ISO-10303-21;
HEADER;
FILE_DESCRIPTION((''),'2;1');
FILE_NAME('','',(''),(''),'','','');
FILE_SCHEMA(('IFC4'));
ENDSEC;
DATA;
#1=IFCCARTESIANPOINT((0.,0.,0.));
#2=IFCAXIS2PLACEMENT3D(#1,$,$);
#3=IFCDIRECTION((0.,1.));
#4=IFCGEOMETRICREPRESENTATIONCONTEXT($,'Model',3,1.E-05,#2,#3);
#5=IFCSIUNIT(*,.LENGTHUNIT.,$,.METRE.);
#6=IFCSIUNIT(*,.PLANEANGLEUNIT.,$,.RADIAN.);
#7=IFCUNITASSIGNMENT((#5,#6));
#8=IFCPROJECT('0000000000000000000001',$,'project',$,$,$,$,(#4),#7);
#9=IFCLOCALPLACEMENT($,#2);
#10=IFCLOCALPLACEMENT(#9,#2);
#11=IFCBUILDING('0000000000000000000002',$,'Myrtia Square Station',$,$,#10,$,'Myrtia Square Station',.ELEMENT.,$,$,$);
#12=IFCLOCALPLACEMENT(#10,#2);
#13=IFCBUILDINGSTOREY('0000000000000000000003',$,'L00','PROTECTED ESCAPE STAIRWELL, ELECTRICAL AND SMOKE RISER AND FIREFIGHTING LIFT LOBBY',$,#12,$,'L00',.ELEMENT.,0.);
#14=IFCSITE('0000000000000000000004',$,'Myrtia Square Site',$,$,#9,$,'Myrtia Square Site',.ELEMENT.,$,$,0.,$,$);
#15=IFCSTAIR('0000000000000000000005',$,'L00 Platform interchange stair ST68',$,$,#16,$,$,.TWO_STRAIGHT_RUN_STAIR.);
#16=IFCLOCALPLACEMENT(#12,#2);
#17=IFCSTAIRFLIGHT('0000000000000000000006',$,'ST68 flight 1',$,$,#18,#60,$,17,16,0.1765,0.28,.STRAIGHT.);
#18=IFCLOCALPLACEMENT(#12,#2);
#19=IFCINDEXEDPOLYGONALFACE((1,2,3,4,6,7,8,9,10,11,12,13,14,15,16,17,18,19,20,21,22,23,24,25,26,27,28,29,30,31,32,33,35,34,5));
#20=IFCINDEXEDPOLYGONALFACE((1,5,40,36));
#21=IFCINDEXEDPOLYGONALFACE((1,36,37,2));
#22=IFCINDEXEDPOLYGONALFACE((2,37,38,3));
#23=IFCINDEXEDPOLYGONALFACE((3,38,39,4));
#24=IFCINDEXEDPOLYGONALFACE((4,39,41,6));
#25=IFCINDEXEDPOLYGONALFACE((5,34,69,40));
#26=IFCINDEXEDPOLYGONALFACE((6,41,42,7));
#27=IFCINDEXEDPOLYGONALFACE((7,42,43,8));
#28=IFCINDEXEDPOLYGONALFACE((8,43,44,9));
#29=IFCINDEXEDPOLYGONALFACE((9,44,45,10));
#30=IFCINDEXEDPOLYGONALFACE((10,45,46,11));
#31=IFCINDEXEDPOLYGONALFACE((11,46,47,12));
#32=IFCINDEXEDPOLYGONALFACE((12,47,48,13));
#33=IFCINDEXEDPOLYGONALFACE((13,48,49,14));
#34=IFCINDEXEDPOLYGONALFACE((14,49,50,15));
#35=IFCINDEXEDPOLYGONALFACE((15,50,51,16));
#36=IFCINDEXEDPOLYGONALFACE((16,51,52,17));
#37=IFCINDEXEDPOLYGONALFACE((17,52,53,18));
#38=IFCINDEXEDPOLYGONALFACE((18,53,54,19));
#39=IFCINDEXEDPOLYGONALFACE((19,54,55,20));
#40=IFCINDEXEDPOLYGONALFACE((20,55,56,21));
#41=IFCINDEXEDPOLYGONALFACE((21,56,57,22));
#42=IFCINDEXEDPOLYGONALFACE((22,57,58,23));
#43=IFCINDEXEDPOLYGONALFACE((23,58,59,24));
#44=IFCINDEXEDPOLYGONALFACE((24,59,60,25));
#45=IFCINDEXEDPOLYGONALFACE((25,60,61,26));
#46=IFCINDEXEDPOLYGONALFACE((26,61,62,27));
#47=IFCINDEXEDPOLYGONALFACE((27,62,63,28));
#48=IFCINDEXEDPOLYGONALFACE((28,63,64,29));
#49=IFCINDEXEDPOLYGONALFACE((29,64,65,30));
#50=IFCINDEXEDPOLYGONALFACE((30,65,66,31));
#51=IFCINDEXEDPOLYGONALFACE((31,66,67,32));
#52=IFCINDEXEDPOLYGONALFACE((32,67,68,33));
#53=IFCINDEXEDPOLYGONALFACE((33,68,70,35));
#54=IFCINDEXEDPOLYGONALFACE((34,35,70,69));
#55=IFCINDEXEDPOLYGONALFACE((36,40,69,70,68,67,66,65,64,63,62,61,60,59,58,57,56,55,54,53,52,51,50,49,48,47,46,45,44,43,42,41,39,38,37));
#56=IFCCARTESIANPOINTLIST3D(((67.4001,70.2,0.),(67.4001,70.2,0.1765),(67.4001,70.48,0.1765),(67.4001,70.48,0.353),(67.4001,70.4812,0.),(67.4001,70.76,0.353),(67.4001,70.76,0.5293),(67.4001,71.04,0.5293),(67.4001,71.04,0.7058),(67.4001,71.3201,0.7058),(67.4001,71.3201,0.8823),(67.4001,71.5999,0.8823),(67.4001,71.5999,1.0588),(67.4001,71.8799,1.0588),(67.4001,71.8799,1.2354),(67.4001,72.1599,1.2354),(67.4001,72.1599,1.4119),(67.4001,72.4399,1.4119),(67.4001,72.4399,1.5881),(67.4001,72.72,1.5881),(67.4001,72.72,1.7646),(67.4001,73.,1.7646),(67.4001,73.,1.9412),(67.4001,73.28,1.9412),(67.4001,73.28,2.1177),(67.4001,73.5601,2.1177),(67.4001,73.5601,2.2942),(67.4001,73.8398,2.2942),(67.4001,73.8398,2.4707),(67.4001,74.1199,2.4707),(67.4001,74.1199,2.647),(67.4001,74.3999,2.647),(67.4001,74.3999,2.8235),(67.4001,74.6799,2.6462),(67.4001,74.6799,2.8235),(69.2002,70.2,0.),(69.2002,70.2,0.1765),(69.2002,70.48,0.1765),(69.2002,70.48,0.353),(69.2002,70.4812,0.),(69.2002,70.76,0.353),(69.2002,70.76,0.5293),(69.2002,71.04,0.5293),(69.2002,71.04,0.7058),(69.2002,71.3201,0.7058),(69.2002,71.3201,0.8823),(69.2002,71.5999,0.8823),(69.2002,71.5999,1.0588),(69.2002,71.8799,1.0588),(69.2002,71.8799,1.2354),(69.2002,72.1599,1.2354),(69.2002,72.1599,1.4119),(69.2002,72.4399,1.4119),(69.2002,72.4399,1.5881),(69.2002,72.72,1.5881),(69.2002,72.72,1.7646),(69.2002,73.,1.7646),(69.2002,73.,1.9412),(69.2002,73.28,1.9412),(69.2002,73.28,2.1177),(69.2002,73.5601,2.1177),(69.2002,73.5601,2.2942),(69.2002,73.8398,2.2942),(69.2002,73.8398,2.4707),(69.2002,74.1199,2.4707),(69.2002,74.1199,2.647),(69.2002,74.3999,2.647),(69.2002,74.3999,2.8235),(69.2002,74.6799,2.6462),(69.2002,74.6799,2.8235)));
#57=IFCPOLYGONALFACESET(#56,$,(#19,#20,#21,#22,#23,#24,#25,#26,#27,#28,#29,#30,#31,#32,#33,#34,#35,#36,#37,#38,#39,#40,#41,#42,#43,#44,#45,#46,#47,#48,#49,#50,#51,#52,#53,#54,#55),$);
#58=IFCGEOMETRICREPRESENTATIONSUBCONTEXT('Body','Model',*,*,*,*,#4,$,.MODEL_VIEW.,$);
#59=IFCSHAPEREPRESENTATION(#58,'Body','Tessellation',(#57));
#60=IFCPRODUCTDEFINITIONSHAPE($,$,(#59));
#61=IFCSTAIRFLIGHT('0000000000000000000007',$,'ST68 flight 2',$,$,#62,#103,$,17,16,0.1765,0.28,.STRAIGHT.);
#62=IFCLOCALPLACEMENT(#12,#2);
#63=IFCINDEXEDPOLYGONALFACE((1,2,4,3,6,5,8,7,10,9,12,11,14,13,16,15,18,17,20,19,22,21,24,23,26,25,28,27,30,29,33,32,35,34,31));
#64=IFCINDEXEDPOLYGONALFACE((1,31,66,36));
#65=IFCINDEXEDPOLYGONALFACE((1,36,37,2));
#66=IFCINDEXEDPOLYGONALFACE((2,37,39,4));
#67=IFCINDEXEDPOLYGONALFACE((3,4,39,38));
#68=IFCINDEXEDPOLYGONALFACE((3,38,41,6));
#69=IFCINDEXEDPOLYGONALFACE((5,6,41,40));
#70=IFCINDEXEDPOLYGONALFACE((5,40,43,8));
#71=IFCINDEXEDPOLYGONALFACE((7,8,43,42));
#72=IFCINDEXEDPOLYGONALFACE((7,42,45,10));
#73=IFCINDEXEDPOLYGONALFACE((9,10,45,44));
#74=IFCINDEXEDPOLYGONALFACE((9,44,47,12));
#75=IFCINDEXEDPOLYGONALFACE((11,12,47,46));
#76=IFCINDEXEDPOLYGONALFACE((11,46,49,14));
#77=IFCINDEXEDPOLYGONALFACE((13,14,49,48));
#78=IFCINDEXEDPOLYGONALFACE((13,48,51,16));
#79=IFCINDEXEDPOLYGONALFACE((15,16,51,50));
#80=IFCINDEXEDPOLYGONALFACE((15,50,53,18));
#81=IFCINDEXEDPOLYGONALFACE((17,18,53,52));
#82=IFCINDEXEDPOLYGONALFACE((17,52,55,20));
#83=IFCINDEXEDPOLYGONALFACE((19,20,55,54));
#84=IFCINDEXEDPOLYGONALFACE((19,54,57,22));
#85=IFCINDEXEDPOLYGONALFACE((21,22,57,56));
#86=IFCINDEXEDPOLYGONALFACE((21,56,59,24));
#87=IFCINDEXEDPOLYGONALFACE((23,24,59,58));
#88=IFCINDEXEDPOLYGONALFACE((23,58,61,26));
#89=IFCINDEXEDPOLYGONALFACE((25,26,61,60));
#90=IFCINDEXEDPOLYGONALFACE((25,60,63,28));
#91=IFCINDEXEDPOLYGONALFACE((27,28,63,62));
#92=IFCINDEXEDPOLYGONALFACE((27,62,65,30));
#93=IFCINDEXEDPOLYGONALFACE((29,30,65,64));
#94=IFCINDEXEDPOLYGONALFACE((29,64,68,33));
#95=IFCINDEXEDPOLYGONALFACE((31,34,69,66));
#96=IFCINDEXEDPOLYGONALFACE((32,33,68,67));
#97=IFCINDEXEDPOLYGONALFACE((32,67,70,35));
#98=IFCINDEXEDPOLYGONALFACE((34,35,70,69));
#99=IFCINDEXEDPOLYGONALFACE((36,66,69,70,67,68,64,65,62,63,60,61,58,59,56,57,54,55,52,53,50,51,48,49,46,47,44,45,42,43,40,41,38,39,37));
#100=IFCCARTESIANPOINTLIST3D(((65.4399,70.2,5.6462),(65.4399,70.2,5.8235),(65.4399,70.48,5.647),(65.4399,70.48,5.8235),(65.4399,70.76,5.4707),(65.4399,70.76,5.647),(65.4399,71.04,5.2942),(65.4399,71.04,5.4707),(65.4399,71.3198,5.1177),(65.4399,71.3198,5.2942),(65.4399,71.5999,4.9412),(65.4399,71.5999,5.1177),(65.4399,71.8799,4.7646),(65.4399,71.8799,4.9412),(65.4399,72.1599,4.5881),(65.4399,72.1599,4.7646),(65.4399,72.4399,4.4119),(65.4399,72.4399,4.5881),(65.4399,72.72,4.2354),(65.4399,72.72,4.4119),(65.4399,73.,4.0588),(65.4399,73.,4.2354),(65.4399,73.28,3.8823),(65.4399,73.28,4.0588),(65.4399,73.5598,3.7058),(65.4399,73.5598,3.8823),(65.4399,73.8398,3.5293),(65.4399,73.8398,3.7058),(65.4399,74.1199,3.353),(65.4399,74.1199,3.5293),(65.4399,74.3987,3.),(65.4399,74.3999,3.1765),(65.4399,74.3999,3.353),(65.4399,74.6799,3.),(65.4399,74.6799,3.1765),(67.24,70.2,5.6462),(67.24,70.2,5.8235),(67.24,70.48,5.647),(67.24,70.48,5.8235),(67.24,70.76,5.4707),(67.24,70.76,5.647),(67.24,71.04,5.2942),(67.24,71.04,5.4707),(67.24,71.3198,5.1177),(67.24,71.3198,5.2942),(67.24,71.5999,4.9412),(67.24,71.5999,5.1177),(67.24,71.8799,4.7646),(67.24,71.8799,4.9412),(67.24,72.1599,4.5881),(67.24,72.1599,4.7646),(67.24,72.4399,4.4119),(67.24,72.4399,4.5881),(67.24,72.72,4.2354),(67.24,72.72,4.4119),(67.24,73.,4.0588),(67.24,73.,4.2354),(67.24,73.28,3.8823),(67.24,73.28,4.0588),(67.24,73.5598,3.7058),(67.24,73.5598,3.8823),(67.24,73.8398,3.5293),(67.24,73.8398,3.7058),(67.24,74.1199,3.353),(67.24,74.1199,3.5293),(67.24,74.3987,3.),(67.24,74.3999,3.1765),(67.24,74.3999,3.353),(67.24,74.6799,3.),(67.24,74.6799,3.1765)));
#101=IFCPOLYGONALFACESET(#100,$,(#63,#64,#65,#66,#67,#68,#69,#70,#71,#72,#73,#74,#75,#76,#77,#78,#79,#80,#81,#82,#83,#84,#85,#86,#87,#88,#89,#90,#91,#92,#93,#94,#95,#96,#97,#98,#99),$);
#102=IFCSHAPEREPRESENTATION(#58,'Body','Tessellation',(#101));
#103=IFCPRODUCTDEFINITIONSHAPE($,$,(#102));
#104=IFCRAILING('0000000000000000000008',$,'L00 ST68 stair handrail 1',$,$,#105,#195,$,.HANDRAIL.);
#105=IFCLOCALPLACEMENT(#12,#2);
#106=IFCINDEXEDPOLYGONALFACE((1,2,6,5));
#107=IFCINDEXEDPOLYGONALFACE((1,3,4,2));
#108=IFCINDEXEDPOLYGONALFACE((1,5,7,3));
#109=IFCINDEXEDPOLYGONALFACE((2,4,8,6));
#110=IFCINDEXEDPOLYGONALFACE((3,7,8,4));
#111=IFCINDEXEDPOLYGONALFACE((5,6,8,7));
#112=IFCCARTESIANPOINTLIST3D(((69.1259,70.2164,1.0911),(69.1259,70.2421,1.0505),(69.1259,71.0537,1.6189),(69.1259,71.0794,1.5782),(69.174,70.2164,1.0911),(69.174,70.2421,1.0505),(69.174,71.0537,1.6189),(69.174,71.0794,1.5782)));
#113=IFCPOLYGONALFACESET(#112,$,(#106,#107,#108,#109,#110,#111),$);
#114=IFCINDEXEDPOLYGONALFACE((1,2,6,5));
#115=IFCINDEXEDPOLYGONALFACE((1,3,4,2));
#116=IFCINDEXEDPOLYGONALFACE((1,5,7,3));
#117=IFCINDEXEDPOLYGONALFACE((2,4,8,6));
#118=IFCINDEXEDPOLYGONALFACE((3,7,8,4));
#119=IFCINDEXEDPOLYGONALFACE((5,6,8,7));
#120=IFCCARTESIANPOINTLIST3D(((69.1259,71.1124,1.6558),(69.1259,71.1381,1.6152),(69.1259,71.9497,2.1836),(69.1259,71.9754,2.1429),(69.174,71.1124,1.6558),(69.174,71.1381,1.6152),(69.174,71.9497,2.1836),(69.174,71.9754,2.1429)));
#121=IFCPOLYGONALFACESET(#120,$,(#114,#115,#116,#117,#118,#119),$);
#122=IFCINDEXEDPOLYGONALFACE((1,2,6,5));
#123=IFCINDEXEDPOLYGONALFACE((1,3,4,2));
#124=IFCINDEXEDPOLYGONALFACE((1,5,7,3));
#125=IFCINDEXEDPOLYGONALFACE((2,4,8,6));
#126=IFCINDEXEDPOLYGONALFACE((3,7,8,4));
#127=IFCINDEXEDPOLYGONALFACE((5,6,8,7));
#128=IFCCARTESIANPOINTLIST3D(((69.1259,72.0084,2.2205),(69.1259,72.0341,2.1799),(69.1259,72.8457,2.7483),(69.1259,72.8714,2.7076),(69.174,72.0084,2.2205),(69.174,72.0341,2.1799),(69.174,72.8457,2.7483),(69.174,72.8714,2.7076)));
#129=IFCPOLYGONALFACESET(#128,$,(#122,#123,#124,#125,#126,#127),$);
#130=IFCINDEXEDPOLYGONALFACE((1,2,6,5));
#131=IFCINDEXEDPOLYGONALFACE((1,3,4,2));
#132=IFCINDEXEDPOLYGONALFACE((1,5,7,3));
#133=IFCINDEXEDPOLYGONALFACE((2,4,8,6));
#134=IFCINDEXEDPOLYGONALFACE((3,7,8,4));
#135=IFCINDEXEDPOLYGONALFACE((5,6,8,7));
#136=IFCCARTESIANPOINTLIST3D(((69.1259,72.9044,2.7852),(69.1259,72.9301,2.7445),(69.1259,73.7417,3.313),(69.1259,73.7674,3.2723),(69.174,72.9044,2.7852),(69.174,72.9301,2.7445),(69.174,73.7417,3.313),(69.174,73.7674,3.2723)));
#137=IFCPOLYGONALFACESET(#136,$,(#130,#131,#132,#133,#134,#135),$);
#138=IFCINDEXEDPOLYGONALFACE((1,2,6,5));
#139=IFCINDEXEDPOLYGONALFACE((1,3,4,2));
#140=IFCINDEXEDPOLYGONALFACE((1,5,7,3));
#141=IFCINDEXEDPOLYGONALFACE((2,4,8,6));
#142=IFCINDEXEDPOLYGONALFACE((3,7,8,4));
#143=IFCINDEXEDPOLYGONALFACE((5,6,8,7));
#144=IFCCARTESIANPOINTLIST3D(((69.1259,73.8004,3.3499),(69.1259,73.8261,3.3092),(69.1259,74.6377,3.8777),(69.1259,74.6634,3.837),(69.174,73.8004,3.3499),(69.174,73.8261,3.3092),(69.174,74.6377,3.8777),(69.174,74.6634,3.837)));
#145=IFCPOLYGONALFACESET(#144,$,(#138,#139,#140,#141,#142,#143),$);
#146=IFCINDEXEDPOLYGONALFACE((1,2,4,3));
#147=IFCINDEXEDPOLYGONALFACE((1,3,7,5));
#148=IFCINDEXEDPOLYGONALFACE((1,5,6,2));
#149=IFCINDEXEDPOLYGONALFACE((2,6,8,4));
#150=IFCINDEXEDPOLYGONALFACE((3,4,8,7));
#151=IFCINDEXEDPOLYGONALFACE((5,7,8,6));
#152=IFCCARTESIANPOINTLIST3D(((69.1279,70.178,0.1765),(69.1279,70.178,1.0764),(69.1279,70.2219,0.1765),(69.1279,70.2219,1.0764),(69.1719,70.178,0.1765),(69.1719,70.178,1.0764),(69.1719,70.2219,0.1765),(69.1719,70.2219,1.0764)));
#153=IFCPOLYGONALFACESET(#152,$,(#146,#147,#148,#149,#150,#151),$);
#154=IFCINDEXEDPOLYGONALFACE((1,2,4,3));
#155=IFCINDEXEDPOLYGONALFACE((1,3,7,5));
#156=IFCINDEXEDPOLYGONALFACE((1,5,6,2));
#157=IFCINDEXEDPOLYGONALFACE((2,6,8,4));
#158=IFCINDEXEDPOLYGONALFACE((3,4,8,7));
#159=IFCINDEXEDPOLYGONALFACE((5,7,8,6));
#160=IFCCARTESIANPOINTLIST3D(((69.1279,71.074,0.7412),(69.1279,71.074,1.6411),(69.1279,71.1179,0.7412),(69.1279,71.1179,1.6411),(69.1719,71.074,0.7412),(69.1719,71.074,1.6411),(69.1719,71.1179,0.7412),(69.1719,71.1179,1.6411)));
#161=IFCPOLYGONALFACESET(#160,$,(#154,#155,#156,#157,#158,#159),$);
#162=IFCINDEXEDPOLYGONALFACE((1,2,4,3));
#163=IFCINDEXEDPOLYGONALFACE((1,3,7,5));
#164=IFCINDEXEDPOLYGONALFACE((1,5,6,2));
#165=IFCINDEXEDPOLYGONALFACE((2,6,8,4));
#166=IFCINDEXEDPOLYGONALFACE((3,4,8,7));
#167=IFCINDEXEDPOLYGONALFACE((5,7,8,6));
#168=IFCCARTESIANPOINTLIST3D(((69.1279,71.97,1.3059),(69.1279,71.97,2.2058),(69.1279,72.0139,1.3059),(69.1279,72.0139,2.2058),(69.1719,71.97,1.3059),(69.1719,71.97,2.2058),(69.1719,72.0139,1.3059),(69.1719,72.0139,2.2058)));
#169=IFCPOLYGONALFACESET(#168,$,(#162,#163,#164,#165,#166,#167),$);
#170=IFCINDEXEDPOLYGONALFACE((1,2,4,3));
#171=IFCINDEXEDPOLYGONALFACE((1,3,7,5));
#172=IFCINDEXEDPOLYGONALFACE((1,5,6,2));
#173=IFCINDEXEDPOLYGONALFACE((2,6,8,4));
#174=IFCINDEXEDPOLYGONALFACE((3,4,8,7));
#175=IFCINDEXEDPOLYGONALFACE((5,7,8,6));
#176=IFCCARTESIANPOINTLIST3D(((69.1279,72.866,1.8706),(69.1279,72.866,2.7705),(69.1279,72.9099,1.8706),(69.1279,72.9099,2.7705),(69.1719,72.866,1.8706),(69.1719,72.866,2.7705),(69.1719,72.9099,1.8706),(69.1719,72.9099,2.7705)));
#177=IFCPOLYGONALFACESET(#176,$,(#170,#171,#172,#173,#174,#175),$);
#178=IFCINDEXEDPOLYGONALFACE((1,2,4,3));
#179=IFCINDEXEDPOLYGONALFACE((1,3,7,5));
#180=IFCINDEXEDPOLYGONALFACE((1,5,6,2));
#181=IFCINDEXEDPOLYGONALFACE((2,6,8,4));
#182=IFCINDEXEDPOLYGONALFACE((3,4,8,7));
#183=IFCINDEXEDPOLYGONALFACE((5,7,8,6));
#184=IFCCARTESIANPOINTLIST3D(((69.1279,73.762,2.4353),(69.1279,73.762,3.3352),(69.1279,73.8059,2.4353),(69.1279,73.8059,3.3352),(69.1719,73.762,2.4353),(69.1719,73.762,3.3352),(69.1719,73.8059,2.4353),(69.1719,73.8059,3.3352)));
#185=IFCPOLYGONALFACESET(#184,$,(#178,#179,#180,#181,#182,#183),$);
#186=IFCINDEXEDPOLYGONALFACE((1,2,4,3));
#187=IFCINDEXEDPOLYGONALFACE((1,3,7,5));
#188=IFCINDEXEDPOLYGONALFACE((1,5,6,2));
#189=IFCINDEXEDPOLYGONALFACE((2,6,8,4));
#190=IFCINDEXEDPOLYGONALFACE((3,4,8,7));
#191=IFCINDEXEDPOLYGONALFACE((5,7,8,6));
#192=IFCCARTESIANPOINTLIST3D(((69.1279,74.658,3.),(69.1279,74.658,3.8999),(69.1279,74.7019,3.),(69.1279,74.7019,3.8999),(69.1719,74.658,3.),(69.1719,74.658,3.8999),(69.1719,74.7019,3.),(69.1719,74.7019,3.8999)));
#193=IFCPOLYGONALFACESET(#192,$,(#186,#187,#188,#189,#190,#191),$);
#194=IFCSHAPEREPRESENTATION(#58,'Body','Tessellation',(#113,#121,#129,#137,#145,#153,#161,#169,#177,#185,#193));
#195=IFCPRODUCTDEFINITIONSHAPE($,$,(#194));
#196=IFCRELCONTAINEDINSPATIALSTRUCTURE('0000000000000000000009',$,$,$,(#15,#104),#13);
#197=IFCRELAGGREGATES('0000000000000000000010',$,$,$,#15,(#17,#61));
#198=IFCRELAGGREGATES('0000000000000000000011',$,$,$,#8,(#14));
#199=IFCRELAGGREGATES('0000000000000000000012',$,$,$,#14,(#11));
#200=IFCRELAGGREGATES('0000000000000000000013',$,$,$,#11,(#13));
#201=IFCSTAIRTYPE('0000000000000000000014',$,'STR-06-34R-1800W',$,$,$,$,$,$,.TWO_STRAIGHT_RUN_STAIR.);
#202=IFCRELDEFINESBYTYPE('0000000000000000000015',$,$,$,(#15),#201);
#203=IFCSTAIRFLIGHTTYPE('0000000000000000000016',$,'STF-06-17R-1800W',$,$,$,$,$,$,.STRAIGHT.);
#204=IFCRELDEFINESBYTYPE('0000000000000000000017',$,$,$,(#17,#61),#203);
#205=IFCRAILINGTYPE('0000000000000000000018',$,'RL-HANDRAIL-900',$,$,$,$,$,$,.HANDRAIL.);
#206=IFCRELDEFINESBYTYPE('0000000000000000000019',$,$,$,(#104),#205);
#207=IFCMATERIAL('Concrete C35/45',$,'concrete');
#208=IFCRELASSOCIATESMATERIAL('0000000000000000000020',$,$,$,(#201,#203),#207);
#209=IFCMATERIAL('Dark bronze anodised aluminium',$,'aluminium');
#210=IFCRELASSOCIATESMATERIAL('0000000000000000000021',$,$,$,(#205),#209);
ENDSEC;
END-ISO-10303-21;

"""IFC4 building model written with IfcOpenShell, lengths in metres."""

from ifc_helpers import new_model, si_unit, direction, frame, origin, origin_2d, place, context, subcontext, project, spatial, polyline, rectangle, outline, extrude, material, type_object, element, aggregate, save


model = new_model("IFC4")

# Units and contexts
model_context = context("Model", 3, precision=1e-05, world=origin(), true_north=direction((0.0, 1.0)))
body_context = subcontext(model_context, "Body", "Model", "MODEL_VIEW")
ifc_project = project(units=[si_unit("LENGTHUNIT", "METRE"), si_unit("PLANEANGLEUNIT", "RADIAN")], contexts=[model_context])

# Site, building, storey
site_placement = place(None, origin())
site = spatial("IfcSite", under=ifc_project, at=site_placement, Name="Myrtia Square Site", LongName="Myrtia Square Site", CompositionType="ELEMENT", RefElevation=0.0)
building_placement = place(site_placement, origin())
building = spatial("IfcBuilding", under=site, at=building_placement, Name="Myrtia Square Station", LongName="Myrtia Square Station", CompositionType="ELEMENT")
storey_placement = place(building_placement, origin())
storey = spatial("IfcBuildingStorey", under=building, at=storey_placement, Name="L00", Description="PROTECTED ESCAPE STAIRWELL, ELECTRICAL AND SMOKE RISER AND FIREFIGHTING LIFT LOBBY", LongName="L00", CompositionType="ELEMENT", Elevation=0.0)

# Shared definitions
ifc_material_1 = material(Name="Dark bronze anodised aluminium", Category="aluminium")

# Stair, stair flights
ifc_material_2 = material(Name="Concrete C35/45", Category="concrete")
stair_type = type_object("IfcStairType", Name="STR-06-34R-1800W", PredefinedType="TWO_STRAIGHT_RUN_STAIR", material=ifc_material_2)
stair_placement = place(storey_placement, origin())
stair = element("IfcStair", 1, at=stair_placement, inside=storey, type_object=stair_type, Name="L00 Platform interchange stair ST68", PredefinedType="TWO_STRAIGHT_RUN_STAIR")
stair_flight_type = type_object("IfcStairFlightType", Name="STF-06-17R-1800W", PredefinedType="STRAIGHT", material=ifc_material_2)
stair_flight_1_placement = place(storey_placement, frame((68.3, 70.2, 0.0), z_axis=(0.0, 0.0, 1.0), x_axis=(0.0, 1.0, 0.0)))
stair_flight_1 = element("IfcStairFlight", 2, at=stair_flight_1_placement, type_object=stair_flight_type, Name="ST68 flight 1", NumberOfRisers=17, NumberOfTreads=16, PredefinedType="STRAIGHT", RiserHeight=0.1765, TreadLength=0.28, context=body_context, shape_type="SweptSolid", body=[
    extrude(outline(polyline([(0.0, 0.0), (0.0, 0.1765), (0.28, 0.1765), (0.28, 0.353), (0.5601, 0.353), (0.5601, 0.5293), (0.8401, 0.5293), (0.8401, 0.7058), (1.1201, 0.7058), (1.1201, 0.8823), (1.3999, 0.8823), (1.3999, 1.0588), (1.6799, 1.0588), (1.6799, 1.2354), (1.96, 1.2354), (1.96, 1.4119), (2.24, 1.4119), (2.24, 1.5881), (2.52, 1.5881), (2.52, 1.7646), (2.8, 1.7646), (2.8, 1.9412), (3.0801, 1.9412), (3.0801, 2.1177), (3.3601, 2.1177), (3.3601, 2.2942), (3.6399, 2.2942), (3.6399, 2.4707), (3.9199, 2.4707), (3.9199, 2.647), (4.2, 2.647), (4.2, 2.8235), (4.48, 2.8235), (4.48, 3.0), (4.48, 2.6462), (0.2812, 0.0), (0.0, 0.0)])), frame((0.0, 0.8999, 0.0), z_axis=(0.0, -1.0, 0.0), x_axis=(1.0, 0.0, 0.0)), (0.0, 0.0, 1.0), 1.8),
])
stair_flight_2_placement = place(storey_placement, frame((66.3401, 74.6799, 3.0), z_axis=(0.0, 0.0, 1.0), x_axis=(0.0, -1.0, 0.0)))
stair_flight_2 = element("IfcStairFlight", 3, at=stair_flight_2_placement, type_object=stair_flight_type, Name="ST68 flight 2", NumberOfRisers=17, NumberOfTreads=16, PredefinedType="STRAIGHT", RiserHeight=0.1765, TreadLength=0.28, context=body_context, shape_type="SweptSolid", body=[
    extrude(outline(polyline([(0.0, 0.0), (0.0, 0.1765), (0.28, 0.1765), (0.28, 0.353), (0.5601, 0.353), (0.5601, 0.5293), (0.8401, 0.5293), (0.8401, 0.7058), (1.1201, 0.7058), (1.1201, 0.8823), (1.3999, 0.8823), (1.3999, 1.0588), (1.6799, 1.0588), (1.6799, 1.2354), (1.96, 1.2354), (1.96, 1.4119), (2.24, 1.4119), (2.24, 1.5881), (2.52, 1.5881), (2.52, 1.7646), (2.8, 1.7646), (2.8, 1.9412), (3.0801, 1.9412), (3.0801, 2.1177), (3.3601, 2.1177), (3.3601, 2.2942), (3.6399, 2.2942), (3.6399, 2.4707), (3.9199, 2.4707), (3.9199, 2.647), (4.2, 2.647), (4.2, 2.8235), (4.48, 2.8235), (4.48, 3.0), (4.48, 2.6462), (0.2812, 0.0), (0.0, 0.0)])), frame((0.0, 0.8999, 0.0), z_axis=(0.0, -1.0, 0.0), x_axis=(1.0, 0.0, 0.0)), (0.0, 0.0, 1.0), 1.8),
])
aggregate(stair, [stair_flight_1, stair_flight_2])

# Railing
railing_type_1 = type_object("IfcRailingType", Name="RL-HANDRAIL-900", PredefinedType="HANDRAIL", material=ifc_material_1)
railing_1_placement = place(storey_placement, frame((69.1499, 70.2, 0.1765)))
element("IfcRailing", 4, at=railing_1_placement, inside=storey, type_object=railing_type_1, Name="L00 ST68 stair handrail 1", PredefinedType="HANDRAIL", context=body_context, shape_type="SweptSolid", body=[
    extrude(rectangle(XDim=0.0481, YDim=0.0481, at=origin_2d()), frame((0.0, 0.0293, 0.8943), z_axis=(0.0, 0.845998, 0.533186), x_axis=(-1.0, 0.0, 0.0)), (0.0, 0.0, 1.0), 0.9897),
    extrude(rectangle(XDim=0.0481, YDim=0.0481, at=origin_2d()), frame((0.0, 0.9253, 1.459), z_axis=(0.0, 0.845998, 0.533186), x_axis=(-1.0, 0.0, 0.0)), (0.0, 0.0, 1.0), 0.9897),
    extrude(rectangle(XDim=0.0481, YDim=0.0481, at=origin_2d()), frame((0.0, 1.8213, 2.0237), z_axis=(0.0, 0.845998, 0.533186), x_axis=(-1.0, 0.0, 0.0)), (0.0, 0.0, 1.0), 0.9897),
    extrude(rectangle(XDim=0.0481, YDim=0.0481, at=origin_2d()), frame((0.0, 2.7173, 2.5884), z_axis=(0.0, 0.845998, 0.533186), x_axis=(-1.0, 0.0, 0.0)), (0.0, 0.0, 1.0), 0.9897),
    extrude(rectangle(XDim=0.0481, YDim=0.0481, at=origin_2d()), frame((0.0, 3.6133, 3.1531), z_axis=(0.0, 0.845998, 0.533186), x_axis=(-1.0, 0.0, 0.0)), (0.0, 0.0, 1.0), 0.9897),
    extrude(rectangle(XDim=0.0439, YDim=0.0439, at=origin_2d()), origin(), (0.0, 0.0, 1.0), 0.8999),
    extrude(rectangle(XDim=0.0439, YDim=0.0439, at=origin_2d()), frame((0.0, 0.896, 0.5647)), (0.0, 0.0, 1.0), 0.8999),
    extrude(rectangle(XDim=0.0439, YDim=0.0439, at=origin_2d()), frame((0.0, 1.792, 1.1294)), (0.0, 0.0, 1.0), 0.8999),
    extrude(rectangle(XDim=0.0439, YDim=0.0439, at=origin_2d()), frame((0.0, 2.688, 1.6941)), (0.0, 0.0, 1.0), 0.8999),
    extrude(rectangle(XDim=0.0439, YDim=0.0439, at=origin_2d()), frame((0.0, 3.584, 2.2588)), (0.0, 0.0, 1.0), 0.8999),
    extrude(rectangle(XDim=0.0439, YDim=0.0439, at=origin_2d()), frame((0.0, 4.48, 2.8235)), (0.0, 0.0, 1.0), 0.8999),
])

save(model, "model.ifc")
